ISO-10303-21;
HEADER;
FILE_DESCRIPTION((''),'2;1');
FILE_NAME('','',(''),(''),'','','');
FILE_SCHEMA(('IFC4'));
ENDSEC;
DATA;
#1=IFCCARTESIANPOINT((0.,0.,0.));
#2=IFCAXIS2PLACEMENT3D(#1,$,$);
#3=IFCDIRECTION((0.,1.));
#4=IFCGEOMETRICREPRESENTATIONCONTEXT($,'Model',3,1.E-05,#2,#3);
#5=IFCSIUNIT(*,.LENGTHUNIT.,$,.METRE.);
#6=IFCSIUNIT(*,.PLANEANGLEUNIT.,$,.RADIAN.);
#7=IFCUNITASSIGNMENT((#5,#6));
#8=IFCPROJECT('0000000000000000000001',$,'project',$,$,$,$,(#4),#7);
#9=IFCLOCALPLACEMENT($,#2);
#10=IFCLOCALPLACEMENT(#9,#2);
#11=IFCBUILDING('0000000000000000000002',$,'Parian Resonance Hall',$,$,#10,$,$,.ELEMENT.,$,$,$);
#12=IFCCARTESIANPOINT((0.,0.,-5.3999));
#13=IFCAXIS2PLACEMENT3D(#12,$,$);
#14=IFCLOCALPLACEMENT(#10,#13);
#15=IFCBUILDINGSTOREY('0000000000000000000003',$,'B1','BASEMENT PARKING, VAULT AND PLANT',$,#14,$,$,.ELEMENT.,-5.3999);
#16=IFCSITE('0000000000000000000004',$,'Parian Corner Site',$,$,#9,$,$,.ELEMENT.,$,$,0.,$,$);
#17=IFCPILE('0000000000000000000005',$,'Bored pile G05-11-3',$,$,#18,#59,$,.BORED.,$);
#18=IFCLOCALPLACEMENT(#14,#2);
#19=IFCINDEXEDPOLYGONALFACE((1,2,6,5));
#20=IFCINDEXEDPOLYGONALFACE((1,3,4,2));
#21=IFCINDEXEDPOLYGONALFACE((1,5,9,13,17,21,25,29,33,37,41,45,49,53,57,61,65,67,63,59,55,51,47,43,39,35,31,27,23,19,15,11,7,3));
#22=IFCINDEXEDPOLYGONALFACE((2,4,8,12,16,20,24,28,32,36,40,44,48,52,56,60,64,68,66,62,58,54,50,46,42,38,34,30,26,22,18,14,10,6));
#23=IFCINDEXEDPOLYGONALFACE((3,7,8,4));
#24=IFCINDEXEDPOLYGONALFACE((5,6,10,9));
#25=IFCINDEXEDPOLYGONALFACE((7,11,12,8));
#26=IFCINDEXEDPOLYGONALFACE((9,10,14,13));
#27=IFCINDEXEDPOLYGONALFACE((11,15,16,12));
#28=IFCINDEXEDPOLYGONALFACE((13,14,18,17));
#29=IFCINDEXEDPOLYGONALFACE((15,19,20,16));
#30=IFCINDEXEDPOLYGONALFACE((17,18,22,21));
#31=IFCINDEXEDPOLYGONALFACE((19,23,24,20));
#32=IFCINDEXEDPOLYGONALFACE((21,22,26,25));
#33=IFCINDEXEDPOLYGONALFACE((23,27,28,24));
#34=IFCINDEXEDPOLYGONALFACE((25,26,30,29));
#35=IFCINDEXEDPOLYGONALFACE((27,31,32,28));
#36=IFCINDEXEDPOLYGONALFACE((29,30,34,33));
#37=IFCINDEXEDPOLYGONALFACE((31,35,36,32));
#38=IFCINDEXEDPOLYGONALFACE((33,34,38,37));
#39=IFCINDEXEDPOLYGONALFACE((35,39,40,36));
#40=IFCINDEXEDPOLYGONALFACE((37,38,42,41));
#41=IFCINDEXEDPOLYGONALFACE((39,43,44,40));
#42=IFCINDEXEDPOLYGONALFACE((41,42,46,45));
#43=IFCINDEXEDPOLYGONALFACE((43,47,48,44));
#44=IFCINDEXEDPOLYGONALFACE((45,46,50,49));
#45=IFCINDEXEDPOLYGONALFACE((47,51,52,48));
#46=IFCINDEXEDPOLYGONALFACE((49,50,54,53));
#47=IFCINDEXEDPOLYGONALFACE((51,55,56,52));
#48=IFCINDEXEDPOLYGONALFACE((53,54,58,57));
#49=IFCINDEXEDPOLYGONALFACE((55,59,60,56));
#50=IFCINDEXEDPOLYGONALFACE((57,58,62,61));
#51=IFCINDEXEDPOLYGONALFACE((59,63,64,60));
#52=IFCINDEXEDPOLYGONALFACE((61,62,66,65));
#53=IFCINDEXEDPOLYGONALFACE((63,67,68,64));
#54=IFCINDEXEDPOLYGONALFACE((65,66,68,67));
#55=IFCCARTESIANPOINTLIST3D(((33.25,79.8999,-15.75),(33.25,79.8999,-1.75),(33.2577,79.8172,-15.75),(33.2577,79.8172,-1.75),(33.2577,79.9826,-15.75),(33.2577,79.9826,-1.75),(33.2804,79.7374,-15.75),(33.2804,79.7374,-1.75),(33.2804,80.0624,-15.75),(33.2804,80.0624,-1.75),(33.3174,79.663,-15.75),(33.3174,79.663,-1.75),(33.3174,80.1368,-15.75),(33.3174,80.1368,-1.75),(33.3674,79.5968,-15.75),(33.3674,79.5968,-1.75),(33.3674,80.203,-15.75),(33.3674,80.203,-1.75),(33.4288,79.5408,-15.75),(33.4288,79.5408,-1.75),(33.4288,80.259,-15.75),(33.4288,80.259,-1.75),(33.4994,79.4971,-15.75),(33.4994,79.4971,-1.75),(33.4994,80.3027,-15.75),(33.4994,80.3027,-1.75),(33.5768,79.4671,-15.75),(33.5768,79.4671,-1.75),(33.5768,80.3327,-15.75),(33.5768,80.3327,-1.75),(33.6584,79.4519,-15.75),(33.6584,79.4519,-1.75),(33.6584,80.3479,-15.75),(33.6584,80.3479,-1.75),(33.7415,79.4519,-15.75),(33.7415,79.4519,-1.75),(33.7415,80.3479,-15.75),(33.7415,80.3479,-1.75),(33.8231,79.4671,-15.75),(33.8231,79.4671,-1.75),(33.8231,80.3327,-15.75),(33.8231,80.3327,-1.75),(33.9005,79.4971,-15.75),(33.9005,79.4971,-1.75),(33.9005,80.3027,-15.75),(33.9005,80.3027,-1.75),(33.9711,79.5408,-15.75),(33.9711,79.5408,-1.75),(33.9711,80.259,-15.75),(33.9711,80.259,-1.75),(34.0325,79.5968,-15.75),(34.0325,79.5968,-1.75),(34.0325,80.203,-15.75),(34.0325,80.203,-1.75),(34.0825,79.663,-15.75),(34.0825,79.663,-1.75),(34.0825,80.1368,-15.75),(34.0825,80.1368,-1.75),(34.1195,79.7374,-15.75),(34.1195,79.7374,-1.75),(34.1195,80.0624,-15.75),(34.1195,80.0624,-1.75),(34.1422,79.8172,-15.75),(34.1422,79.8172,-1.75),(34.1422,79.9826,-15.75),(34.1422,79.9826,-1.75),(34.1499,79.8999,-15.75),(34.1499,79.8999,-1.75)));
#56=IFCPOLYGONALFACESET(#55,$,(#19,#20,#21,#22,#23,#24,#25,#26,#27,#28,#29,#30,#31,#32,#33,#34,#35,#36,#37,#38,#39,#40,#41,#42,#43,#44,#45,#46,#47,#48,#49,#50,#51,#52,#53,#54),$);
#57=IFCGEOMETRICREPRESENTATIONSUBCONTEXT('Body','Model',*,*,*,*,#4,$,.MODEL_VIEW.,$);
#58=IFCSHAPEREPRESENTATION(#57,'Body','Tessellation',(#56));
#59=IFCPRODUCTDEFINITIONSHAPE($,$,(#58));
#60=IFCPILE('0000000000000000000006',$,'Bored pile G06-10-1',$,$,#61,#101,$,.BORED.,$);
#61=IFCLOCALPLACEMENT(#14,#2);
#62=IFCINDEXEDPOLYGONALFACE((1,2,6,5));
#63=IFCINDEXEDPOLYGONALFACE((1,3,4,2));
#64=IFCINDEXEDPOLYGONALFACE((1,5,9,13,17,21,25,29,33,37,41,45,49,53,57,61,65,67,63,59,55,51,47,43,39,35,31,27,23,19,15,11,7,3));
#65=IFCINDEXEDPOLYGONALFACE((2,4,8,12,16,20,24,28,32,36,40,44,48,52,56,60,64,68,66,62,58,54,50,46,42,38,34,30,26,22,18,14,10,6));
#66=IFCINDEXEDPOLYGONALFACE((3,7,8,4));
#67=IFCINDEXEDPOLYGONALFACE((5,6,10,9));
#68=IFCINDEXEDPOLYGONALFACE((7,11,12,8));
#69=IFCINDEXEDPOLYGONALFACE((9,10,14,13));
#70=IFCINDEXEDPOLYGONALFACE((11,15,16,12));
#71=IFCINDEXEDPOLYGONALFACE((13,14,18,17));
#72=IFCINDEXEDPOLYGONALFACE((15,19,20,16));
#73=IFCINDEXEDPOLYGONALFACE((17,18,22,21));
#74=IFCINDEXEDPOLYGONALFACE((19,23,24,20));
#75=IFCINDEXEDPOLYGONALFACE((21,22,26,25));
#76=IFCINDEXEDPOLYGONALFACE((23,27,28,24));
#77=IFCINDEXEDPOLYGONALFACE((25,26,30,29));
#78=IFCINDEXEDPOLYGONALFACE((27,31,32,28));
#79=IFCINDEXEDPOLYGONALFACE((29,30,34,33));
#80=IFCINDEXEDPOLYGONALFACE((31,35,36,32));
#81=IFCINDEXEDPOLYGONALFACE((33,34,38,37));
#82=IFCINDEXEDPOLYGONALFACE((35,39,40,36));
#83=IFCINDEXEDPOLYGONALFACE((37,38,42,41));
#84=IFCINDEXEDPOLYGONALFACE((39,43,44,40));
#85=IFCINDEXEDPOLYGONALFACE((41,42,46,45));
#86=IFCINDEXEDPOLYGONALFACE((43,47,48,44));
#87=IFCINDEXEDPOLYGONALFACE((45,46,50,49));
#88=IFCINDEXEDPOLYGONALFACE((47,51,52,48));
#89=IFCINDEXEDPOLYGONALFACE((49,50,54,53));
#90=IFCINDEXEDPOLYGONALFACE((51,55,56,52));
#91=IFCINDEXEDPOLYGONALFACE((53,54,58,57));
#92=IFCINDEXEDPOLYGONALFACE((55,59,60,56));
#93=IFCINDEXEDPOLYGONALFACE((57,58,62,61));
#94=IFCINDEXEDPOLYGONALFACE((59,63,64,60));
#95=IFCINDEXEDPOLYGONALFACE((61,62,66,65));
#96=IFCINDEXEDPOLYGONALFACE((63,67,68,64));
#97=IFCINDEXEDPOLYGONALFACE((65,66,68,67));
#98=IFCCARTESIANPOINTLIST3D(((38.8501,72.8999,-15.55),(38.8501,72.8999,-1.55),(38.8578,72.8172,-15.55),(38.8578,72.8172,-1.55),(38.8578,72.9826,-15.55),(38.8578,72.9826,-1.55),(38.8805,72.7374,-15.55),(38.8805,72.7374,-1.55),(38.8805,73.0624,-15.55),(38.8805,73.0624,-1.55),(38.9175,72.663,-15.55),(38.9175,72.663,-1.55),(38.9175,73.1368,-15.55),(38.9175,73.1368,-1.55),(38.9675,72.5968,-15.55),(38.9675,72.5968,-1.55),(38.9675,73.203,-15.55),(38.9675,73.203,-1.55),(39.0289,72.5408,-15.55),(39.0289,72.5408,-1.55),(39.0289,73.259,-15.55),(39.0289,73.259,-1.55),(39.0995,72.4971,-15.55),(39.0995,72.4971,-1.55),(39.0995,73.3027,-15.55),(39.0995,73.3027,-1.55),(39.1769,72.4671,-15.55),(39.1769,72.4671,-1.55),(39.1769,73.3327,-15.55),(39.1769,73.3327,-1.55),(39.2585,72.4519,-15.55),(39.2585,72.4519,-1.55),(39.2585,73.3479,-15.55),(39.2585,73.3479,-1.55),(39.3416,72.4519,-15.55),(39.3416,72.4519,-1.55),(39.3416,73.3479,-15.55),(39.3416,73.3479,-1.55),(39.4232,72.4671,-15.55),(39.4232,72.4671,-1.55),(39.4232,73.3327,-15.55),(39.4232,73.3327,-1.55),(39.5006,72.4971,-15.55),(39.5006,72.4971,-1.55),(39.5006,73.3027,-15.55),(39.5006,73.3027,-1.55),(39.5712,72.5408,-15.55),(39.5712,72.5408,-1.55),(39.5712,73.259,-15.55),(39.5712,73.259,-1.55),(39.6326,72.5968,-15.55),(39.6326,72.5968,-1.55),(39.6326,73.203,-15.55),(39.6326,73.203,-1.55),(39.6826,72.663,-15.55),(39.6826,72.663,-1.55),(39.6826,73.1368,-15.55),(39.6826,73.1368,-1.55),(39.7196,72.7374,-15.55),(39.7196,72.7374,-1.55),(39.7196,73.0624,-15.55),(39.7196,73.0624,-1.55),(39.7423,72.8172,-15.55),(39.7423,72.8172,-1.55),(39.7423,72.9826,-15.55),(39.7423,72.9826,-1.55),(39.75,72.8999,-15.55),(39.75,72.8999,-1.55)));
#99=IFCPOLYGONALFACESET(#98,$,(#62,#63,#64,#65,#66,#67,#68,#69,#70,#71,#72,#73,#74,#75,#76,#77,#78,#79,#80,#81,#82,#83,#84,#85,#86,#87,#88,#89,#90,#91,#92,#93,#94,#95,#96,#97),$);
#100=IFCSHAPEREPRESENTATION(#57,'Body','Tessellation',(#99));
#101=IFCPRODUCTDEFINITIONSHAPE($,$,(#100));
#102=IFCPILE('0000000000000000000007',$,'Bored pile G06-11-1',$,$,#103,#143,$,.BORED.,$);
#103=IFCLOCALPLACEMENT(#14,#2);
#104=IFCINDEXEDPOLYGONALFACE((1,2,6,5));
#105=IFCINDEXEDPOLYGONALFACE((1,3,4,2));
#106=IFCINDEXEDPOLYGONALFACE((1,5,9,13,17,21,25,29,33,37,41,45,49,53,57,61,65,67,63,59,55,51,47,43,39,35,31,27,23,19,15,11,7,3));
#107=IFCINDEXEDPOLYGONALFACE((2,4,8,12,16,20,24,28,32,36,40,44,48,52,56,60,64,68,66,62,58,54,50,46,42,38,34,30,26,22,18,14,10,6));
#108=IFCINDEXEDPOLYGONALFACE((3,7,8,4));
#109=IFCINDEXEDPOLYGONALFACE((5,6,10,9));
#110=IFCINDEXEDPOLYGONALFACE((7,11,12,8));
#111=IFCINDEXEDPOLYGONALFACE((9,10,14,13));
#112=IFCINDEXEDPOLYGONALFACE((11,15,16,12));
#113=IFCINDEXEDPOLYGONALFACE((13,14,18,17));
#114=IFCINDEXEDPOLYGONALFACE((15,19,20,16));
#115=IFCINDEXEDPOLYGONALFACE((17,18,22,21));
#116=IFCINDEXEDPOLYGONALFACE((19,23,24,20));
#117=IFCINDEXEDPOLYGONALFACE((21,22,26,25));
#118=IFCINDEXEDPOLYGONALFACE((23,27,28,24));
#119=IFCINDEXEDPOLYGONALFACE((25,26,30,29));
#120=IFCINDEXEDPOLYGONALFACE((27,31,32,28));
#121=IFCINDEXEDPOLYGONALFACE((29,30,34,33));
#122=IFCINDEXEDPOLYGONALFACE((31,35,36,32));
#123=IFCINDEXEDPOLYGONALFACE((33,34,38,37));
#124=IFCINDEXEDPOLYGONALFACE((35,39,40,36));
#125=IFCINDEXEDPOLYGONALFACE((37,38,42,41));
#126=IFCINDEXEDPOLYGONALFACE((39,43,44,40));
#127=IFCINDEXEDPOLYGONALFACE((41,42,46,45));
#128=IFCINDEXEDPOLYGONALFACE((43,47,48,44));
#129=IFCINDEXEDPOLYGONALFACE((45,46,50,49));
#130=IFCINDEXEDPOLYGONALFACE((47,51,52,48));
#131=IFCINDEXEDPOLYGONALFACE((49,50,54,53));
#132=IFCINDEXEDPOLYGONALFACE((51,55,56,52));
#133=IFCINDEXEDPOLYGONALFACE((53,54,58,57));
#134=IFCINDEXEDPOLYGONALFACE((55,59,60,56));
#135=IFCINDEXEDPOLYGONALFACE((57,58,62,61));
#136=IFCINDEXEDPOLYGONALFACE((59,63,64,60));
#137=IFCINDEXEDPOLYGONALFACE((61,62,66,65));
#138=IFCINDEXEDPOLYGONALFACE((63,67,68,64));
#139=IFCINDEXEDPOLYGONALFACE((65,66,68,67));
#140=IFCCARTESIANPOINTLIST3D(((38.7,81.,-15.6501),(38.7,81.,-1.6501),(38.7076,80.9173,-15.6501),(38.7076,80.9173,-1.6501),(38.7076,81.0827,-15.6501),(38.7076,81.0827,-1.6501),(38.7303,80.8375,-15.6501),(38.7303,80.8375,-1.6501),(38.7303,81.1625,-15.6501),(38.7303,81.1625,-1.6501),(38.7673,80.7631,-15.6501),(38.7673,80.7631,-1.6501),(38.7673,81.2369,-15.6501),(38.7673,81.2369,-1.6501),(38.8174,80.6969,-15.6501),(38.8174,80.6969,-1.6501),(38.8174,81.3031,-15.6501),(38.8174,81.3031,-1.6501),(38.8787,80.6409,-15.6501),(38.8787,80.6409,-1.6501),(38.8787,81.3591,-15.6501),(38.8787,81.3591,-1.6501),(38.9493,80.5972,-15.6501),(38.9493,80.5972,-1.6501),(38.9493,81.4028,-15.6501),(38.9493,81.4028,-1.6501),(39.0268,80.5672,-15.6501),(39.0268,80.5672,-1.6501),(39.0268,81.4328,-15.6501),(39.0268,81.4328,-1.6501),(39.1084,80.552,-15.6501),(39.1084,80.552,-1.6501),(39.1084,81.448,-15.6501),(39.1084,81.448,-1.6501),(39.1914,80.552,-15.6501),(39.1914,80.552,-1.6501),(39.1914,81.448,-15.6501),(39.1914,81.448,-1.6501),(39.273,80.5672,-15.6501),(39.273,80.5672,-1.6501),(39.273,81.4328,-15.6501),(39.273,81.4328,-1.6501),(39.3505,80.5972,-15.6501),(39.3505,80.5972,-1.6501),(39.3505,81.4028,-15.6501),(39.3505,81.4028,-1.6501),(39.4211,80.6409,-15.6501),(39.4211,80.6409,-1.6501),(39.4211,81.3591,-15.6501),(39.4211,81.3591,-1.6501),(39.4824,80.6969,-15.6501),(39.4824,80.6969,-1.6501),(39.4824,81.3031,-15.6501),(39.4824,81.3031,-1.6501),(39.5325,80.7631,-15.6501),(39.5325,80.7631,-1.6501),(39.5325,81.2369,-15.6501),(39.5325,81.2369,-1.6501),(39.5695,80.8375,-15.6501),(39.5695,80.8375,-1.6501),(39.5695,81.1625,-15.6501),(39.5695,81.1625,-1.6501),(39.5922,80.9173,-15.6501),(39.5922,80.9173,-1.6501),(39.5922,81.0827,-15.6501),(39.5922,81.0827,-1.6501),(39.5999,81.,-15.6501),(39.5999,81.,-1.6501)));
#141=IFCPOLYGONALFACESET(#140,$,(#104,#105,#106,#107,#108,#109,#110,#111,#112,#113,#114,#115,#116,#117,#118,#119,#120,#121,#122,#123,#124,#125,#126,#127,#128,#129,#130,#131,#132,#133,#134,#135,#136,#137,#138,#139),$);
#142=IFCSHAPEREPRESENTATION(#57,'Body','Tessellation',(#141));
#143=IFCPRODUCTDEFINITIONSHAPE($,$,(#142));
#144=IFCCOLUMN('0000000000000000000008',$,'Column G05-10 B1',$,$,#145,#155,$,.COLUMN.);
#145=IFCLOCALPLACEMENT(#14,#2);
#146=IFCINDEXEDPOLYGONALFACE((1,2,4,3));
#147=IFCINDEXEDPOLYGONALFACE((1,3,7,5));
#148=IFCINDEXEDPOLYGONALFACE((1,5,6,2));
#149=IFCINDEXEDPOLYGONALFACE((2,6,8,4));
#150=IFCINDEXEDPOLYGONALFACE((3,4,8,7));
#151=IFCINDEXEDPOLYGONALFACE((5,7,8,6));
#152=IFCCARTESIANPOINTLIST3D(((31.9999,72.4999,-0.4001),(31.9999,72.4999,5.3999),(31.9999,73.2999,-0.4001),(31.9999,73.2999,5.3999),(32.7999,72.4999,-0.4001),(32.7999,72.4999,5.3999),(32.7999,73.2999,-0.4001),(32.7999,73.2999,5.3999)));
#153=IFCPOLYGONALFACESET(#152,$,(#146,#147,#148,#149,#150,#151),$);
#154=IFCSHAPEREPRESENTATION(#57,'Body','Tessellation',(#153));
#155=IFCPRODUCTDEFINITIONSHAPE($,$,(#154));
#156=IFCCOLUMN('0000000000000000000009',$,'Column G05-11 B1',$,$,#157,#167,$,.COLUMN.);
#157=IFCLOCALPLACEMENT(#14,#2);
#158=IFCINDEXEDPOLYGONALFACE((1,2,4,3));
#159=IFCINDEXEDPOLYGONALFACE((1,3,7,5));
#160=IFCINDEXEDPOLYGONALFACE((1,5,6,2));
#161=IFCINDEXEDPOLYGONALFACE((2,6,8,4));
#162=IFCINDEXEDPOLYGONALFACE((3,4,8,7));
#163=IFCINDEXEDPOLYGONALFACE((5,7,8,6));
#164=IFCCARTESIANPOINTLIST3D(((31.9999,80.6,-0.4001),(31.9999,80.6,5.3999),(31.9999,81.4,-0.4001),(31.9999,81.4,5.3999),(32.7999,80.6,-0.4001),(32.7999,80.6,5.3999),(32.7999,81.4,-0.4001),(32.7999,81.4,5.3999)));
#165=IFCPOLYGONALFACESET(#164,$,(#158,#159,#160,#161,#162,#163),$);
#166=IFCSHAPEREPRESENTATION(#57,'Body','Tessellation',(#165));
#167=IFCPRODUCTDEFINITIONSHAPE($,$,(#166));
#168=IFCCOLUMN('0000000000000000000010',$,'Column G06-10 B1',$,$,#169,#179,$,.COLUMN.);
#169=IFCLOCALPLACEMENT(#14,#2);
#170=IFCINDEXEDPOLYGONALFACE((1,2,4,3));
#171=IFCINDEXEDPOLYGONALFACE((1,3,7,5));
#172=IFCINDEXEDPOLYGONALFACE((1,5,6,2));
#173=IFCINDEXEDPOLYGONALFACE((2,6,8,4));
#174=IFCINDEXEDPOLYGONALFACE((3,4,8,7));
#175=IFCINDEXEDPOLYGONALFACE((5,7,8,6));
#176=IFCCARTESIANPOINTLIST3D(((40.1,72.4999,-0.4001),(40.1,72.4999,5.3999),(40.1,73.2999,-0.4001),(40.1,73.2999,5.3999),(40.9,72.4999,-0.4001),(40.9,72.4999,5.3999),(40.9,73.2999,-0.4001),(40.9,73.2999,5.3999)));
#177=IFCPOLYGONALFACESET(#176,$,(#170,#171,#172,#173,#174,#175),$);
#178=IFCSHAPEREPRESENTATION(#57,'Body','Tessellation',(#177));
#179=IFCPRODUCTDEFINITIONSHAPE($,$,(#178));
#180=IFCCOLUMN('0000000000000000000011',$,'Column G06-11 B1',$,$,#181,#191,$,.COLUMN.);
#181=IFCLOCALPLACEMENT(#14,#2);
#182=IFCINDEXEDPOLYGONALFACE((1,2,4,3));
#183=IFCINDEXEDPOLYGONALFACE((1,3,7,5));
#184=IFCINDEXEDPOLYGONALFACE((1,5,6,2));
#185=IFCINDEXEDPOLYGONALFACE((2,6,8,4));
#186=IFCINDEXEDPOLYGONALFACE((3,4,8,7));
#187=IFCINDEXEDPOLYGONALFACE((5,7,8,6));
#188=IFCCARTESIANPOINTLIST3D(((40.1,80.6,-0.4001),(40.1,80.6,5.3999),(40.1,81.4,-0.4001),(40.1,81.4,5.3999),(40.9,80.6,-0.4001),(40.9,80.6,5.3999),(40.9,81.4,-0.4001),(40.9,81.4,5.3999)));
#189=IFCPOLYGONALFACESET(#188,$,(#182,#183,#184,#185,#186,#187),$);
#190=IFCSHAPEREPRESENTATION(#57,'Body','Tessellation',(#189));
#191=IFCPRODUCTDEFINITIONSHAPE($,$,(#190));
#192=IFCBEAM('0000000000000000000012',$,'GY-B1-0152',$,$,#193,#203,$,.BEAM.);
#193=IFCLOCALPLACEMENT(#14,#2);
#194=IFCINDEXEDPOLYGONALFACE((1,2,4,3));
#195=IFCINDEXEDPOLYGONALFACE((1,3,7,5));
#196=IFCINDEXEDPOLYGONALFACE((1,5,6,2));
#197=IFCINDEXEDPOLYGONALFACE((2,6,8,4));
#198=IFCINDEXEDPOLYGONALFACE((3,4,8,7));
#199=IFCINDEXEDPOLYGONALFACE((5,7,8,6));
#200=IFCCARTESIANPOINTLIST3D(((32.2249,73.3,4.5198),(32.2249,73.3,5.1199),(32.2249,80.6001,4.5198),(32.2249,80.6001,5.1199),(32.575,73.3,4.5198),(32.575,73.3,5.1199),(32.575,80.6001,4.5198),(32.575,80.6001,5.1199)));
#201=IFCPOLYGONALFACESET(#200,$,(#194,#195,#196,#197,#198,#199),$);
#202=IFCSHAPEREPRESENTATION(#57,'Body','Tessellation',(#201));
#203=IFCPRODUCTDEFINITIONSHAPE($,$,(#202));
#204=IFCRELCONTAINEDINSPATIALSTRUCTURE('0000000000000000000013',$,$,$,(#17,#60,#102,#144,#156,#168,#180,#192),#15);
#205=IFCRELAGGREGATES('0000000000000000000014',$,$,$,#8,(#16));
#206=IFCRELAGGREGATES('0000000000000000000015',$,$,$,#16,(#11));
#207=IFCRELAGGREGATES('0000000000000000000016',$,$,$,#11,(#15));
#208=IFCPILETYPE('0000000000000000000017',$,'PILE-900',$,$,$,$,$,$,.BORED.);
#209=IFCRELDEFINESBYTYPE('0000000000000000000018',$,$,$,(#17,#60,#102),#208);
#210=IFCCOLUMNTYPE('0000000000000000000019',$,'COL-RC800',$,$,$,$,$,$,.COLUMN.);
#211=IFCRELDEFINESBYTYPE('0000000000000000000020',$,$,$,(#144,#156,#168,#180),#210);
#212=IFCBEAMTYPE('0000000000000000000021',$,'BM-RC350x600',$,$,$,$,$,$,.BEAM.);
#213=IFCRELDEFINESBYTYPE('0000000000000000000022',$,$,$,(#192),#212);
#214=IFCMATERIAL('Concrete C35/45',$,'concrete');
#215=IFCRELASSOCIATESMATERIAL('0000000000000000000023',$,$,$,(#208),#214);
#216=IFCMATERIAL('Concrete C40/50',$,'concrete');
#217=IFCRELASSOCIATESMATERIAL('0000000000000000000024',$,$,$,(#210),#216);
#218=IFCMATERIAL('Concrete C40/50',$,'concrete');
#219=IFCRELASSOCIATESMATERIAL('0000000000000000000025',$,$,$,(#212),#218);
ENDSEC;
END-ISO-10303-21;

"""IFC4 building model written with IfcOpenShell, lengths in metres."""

from ifc_helpers import new_model, si_unit, direction, frame, origin, origin_2d, place, context, subcontext, project, spatial, rectangle, circle, extrude, material, material_profile, profile_set, type_object, element, save


model = new_model("IFC4")

# Units and contexts
model_context = context("Model", 3, precision=1e-05, world=origin(), true_north=direction((0.0, 1.0)))
body_context = subcontext(model_context, "Body", "Model", "MODEL_VIEW")
ifc_project = project(units=[si_unit("LENGTHUNIT", "METRE"), si_unit("PLANEANGLEUNIT", "RADIAN")], contexts=[model_context])

# Site, building, storey
site_placement = place(None, origin())
site = spatial("IfcSite", under=ifc_project, at=site_placement, Name="Parian Corner Site", CompositionType="ELEMENT", RefElevation=0.0)
building_placement = place(site_placement, origin())
building = spatial("IfcBuilding", under=site, at=building_placement, Name="Parian Resonance Hall", CompositionType="ELEMENT")
storey_placement = place(building_placement, frame((0.0, 0.0, -5.3999)))
storey = spatial("IfcBuildingStorey", under=building, at=storey_placement, Name="B1", Description="BASEMENT PARKING, VAULT AND PLANT", CompositionType="ELEMENT", Elevation=-5.3999)

# Piles
ifc_material_1 = material(Name="Concrete C35/45", Category="concrete")
ifc_material_profile_1 = material_profile(ifc_material_1, circle(Radius=0.45, at=origin_2d()), Name="PILE-D900")
ifc_profile_set_1 = profile_set([ifc_material_profile_1], Name="Concrete C35/45")
pile_type_1 = type_object("IfcPileType", Name="PILE-900", PredefinedType="BORED", material=ifc_profile_set_1)
for number, where, z_axis, x_axis, name in (
    (1, (33.7, 79.8999, -1.75), (0.0, 0.0, -1.0), (1.0, 0.0, 0.0), "Bored pile G05-11-3"),
    (2, (39.3, 72.8999, -1.55), (0.0, 0.0, -1.0), (1.0, 0.0, 0.0), "Bored pile G06-10-1"),
    (3, (39.1499, 81.0, -1.6501), (0.0, 0.0, -1.0), (1.0, 0.0, 0.0), "Bored pile G06-11-1"),
):
    element("IfcPile", number, at=place(storey_placement, frame(where, z_axis=z_axis, x_axis=x_axis)), inside=storey, type_object=pile_type_1, Name=name, PredefinedType="BORED", context=body_context, shape_type="SweptSolid", body=[
        extrude(circle(Radius=0.45, at=origin_2d()), origin(), (0.0, 0.0, 1.0), 14.0),
    ])

# Columns
ifc_material_2 = material(Name="Concrete C40/50", Category="concrete")
ifc_material_profile_2 = material_profile(ifc_material_2, rectangle(XDim=0.8, YDim=0.8, at=origin_2d()), Name="RC-COL-800x800")
ifc_profile_set_2 = profile_set([ifc_material_profile_2], Name="Concrete C40/50")
column_type = type_object("IfcColumnType", Name="COL-RC800", PredefinedType="COLUMN", material=ifc_profile_set_2)
for number, where, z_axis, x_axis, name in (
    (4, (32.3999, 72.8999, -0.4001), (0.0, 0.0, 1.0), (1.0, 0.0, 0.0), "Column G05-10 B1"),
    (5, (32.3999, 81.0, -0.4001), (0.0, 0.0, 1.0), (1.0, 0.0, 0.0), "Column G05-11 B1"),
    (6, (40.5, 72.8999, -0.4001), (0.0, 0.0, 1.0), (1.0, 0.0, 0.0), "Column G06-10 B1"),
    (7, (40.5, 81.0, -0.4001), (0.0, 0.0, 1.0), (1.0, 0.0, 0.0), "Column G06-11 B1"),
):
    element("IfcColumn", number, at=place(storey_placement, frame(where, z_axis=z_axis, x_axis=x_axis)), inside=storey, type_object=column_type, Name=name, PredefinedType="COLUMN", context=body_context, shape_type="SweptSolid", body=[
        extrude(rectangle(XDim=0.8, YDim=0.8, at=origin_2d()), origin(), (0.0, 0.0, 1.0), 5.8),
    ])

# Beam
ifc_material_3 = material(Name="Concrete C40/50", Category="concrete")
ifc_material_profile_3 = material_profile(ifc_material_3, rectangle(XDim=0.3501, YDim=0.6001, at=origin_2d()), Name="RC-BM-350x600")
ifc_profile_set_3 = profile_set([ifc_material_profile_3], Name="Concrete C40/50")
beam_type_1 = type_object("IfcBeamType", Name="BM-RC350x600", PredefinedType="BEAM", material=ifc_profile_set_3)
beam_1_placement = place(storey_placement, frame((32.3999, 73.3, 4.8198), z_axis=(0.0, 1.0, 0.0), x_axis=(-1.0, 0.0, 0.0)))
element("IfcBeam", 8, at=beam_1_placement, inside=storey, type_object=beam_type_1, Name="GY-B1-0152", PredefinedType="BEAM", context=body_context, shape_type="SweptSolid", body=[
    extrude(rectangle(XDim=0.3501, YDim=0.6001, at=origin_2d()), origin(), (0.0, 0.0, 1.0), 7.3),
])

save(model, "model.ifc")
